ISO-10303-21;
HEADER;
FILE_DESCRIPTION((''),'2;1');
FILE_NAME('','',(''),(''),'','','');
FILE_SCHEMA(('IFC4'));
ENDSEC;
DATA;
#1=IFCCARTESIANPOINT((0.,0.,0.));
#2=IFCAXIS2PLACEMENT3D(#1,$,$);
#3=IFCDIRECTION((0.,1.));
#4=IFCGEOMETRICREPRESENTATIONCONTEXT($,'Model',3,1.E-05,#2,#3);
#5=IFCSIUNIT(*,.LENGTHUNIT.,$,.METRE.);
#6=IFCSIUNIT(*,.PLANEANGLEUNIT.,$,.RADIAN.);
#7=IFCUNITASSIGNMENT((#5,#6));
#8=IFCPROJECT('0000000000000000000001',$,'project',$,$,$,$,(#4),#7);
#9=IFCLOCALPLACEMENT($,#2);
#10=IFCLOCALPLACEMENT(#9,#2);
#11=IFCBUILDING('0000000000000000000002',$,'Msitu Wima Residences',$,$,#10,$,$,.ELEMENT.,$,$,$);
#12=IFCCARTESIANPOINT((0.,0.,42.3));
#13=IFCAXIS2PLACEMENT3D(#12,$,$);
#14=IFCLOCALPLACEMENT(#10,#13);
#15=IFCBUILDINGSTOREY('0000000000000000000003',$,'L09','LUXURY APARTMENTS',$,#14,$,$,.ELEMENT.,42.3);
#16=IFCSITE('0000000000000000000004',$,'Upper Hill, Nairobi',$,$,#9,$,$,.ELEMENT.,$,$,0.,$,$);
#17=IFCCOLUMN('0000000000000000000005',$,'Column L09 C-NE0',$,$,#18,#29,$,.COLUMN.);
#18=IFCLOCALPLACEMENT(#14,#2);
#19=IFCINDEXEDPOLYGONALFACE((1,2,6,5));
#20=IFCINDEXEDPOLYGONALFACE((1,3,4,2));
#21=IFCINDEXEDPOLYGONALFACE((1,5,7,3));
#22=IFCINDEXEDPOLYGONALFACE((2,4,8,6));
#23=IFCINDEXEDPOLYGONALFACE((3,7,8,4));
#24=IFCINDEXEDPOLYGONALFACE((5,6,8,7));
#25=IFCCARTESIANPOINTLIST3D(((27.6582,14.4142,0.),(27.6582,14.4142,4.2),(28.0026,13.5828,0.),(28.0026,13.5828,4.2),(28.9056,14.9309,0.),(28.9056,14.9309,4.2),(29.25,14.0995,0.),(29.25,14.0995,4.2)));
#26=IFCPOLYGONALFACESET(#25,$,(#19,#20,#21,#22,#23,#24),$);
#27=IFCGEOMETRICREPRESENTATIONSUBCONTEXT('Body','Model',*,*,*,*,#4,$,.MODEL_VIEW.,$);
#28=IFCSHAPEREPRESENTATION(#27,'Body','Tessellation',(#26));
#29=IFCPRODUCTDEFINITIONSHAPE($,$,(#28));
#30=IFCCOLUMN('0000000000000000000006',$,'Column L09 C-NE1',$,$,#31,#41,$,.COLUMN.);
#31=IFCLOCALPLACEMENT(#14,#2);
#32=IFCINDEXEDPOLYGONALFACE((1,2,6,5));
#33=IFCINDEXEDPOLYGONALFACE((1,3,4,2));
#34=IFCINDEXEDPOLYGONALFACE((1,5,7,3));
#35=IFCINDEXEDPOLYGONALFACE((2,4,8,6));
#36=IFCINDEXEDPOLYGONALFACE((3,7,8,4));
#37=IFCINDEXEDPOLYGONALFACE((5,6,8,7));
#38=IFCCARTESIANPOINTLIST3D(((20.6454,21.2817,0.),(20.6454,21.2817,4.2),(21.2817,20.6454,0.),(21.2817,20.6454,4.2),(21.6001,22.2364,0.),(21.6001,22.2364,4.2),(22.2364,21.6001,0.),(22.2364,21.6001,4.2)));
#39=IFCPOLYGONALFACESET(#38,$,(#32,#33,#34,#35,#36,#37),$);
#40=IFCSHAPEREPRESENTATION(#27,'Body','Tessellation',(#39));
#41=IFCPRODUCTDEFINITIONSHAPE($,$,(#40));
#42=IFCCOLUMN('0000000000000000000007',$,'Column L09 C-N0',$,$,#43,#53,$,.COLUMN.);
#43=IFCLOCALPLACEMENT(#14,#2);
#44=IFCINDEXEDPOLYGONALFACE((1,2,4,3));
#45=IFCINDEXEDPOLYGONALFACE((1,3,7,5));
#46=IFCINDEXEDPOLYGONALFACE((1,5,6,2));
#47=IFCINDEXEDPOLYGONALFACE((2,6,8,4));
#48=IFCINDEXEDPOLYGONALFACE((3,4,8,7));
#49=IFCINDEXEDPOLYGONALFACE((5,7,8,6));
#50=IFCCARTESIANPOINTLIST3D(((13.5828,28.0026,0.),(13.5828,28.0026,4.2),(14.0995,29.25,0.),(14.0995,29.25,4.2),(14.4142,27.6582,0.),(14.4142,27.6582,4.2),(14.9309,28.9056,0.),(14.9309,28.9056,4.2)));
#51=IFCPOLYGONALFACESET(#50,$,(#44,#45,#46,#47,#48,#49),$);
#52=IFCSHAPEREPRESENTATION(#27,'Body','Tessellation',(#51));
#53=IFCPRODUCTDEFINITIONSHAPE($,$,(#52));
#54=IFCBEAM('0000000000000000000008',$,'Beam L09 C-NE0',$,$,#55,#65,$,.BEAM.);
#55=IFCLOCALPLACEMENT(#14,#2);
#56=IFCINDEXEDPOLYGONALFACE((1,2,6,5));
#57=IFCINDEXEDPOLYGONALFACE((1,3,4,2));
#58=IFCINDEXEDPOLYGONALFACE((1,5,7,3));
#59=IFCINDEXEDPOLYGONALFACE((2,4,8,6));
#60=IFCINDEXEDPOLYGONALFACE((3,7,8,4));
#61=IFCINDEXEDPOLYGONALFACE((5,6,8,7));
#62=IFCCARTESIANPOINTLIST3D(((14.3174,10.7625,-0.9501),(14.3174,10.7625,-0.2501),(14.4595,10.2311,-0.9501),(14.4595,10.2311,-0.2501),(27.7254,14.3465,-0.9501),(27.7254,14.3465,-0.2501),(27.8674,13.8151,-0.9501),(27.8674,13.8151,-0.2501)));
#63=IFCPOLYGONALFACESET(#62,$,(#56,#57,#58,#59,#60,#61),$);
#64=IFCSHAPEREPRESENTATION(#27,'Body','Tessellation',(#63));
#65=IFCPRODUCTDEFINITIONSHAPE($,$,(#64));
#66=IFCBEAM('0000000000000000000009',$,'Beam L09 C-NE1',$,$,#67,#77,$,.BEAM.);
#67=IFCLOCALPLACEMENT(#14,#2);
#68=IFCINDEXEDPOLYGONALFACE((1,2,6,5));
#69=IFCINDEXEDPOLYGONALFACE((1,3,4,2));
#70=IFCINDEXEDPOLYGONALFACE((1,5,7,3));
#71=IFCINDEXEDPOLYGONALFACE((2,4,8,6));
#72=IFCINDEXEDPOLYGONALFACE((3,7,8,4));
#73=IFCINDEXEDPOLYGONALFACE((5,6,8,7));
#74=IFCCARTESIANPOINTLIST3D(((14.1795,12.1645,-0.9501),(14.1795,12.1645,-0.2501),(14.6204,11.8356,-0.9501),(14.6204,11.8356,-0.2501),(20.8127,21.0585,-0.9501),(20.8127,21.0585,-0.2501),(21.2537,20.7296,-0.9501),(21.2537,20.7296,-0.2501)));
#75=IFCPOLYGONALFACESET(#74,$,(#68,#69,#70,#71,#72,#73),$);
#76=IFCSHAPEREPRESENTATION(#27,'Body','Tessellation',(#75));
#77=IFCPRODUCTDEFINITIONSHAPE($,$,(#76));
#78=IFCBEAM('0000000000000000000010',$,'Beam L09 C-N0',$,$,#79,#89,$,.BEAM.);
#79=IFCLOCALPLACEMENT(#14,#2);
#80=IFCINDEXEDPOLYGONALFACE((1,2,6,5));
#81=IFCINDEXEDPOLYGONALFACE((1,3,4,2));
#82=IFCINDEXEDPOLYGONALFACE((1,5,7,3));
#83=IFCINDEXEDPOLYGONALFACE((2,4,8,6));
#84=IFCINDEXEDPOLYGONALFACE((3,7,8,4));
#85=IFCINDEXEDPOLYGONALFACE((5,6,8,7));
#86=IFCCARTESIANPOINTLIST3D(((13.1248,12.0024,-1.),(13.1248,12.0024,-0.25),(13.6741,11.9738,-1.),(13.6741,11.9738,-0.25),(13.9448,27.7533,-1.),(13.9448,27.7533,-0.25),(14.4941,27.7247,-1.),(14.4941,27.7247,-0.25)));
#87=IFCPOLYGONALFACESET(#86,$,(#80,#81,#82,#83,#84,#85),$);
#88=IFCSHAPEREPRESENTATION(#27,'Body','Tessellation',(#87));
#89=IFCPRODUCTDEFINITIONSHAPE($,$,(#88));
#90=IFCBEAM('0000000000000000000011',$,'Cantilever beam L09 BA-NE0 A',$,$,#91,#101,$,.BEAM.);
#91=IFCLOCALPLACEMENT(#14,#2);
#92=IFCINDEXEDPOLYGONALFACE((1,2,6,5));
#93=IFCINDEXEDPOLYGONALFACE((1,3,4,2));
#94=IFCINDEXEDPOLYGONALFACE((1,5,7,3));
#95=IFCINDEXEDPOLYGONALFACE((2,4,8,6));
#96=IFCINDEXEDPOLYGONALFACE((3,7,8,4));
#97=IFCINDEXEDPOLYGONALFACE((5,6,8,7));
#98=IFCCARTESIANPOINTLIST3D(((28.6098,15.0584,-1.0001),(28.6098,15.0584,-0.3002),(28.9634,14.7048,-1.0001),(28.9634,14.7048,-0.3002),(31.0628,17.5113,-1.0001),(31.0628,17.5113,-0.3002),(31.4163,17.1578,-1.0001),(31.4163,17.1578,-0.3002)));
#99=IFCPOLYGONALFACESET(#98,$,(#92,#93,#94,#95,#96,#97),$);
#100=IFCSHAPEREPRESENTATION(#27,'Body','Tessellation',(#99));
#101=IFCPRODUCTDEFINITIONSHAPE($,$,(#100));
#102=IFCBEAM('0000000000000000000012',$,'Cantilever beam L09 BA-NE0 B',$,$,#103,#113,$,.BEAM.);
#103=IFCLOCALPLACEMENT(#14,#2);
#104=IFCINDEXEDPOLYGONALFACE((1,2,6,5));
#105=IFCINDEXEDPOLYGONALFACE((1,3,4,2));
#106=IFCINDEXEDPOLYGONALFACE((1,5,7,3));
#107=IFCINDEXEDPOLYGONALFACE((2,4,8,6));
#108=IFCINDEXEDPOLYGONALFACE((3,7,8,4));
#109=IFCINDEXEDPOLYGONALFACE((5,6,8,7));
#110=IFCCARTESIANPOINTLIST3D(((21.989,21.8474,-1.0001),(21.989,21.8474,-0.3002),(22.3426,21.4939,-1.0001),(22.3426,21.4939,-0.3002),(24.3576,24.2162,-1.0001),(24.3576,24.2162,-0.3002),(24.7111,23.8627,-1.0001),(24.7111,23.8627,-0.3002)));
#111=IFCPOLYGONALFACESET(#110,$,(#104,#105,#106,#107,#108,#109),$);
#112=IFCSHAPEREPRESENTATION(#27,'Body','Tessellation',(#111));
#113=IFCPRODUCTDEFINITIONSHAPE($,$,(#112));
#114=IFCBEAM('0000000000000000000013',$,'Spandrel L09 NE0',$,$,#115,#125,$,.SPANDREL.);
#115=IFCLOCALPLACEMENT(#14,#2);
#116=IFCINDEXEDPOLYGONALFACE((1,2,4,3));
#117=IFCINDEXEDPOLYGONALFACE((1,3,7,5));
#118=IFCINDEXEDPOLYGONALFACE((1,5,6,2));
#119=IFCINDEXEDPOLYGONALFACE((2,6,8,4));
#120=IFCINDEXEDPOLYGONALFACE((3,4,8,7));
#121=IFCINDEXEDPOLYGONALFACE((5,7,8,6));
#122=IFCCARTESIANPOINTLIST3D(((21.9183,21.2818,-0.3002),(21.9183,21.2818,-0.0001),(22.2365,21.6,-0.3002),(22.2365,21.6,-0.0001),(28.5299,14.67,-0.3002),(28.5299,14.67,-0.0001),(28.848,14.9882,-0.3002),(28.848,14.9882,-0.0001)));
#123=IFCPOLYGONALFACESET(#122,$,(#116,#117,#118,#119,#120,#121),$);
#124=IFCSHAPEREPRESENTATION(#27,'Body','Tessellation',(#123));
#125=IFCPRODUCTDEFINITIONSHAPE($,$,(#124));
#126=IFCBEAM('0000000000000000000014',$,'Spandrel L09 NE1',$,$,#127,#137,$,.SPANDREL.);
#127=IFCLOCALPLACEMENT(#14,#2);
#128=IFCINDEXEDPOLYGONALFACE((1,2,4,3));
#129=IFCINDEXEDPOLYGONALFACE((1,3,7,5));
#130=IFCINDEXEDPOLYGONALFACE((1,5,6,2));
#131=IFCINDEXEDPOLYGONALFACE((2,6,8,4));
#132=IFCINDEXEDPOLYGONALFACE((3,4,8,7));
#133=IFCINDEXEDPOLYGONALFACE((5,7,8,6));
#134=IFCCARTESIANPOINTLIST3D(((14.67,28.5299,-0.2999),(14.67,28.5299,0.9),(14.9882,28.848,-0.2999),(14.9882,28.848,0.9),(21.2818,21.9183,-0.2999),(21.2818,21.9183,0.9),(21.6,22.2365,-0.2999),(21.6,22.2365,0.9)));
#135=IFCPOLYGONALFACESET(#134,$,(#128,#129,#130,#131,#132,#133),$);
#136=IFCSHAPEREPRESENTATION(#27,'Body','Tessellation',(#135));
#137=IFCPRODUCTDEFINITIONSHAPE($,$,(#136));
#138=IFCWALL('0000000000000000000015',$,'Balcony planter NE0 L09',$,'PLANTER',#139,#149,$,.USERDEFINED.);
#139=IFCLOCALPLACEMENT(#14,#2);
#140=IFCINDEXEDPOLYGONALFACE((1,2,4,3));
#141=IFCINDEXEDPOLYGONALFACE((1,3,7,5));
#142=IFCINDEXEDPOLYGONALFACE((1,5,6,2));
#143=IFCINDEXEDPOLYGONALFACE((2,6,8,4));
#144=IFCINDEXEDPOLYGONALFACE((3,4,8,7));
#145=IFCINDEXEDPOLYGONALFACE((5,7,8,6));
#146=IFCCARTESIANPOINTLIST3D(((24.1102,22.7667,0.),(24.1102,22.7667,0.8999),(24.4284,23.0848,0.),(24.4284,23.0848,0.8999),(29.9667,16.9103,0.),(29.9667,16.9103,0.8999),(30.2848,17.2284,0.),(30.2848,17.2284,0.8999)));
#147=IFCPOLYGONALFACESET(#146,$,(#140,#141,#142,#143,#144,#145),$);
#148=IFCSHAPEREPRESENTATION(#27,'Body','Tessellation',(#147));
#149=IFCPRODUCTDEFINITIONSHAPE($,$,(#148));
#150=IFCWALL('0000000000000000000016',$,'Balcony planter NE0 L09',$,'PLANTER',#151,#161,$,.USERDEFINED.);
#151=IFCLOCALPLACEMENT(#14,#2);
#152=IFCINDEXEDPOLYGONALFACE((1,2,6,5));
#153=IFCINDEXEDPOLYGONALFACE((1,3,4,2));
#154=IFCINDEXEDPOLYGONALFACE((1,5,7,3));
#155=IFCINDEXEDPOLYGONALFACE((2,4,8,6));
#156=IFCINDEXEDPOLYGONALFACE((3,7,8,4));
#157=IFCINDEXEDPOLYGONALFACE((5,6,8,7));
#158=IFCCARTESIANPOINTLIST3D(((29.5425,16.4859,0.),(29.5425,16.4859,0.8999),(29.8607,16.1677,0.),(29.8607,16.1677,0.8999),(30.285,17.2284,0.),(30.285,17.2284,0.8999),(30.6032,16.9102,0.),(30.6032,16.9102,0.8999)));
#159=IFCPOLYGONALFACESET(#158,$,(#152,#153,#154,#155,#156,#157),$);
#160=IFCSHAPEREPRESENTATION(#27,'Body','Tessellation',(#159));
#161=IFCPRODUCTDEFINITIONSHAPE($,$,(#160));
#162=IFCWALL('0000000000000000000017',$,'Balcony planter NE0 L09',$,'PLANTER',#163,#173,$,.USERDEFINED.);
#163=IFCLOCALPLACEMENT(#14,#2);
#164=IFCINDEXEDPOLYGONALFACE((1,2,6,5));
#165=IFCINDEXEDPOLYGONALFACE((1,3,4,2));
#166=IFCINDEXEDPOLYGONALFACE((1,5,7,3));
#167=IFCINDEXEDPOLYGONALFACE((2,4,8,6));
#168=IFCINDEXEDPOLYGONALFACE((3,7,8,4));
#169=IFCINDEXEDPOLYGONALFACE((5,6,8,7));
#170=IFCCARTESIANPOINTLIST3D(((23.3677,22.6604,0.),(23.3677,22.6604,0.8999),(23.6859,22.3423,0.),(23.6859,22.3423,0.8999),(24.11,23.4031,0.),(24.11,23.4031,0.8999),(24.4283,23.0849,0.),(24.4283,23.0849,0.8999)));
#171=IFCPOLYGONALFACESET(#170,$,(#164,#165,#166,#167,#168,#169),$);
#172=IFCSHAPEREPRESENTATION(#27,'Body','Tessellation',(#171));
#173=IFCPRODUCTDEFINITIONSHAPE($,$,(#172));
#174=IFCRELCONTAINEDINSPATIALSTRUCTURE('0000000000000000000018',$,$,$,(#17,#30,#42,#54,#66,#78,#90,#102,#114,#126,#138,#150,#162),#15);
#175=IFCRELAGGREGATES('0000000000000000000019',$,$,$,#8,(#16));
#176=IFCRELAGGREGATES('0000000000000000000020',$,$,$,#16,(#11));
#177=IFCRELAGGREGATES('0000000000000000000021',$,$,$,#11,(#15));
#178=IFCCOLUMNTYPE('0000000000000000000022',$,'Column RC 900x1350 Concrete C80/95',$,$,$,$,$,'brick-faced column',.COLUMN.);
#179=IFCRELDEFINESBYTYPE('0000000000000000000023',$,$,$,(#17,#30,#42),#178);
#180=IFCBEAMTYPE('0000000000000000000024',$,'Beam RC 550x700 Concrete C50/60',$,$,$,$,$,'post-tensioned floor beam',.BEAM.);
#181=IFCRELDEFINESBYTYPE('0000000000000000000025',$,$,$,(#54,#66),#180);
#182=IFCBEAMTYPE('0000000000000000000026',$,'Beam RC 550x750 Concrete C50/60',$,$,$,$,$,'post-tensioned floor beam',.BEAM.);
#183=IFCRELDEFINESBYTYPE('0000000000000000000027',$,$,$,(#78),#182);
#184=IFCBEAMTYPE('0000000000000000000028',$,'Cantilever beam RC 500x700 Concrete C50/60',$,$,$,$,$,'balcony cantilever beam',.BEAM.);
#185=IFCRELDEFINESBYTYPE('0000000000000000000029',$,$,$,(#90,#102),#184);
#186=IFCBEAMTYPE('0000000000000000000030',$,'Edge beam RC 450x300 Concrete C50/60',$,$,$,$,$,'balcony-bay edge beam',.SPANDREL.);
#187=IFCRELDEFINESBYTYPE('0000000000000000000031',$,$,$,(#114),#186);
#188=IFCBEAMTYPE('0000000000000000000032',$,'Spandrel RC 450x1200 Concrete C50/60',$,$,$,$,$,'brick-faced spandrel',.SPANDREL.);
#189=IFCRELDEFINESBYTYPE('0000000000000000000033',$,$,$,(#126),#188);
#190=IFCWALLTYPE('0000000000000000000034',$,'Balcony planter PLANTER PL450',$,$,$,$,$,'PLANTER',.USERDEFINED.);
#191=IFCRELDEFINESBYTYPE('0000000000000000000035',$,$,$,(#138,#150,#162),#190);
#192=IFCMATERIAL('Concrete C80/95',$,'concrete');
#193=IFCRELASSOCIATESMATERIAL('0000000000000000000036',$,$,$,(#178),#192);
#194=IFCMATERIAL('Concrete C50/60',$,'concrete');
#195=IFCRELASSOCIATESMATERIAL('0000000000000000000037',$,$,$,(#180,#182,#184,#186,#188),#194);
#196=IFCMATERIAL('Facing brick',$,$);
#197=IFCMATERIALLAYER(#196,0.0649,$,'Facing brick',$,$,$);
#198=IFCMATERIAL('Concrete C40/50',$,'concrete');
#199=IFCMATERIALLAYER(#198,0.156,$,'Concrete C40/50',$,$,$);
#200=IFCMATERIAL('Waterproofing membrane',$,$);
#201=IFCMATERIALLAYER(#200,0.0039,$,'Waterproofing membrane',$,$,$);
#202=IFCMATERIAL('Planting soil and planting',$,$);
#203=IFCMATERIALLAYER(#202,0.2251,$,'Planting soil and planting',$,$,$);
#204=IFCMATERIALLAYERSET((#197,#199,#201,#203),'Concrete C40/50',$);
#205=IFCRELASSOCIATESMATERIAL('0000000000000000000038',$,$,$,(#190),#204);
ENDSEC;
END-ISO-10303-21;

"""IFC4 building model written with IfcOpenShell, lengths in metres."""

from ifc_helpers import new_model, si_unit, direction, frame, frame_2d, origin, origin_2d, place, context, subcontext, project, spatial, rectangle, extrude, material, layer, layer_set, material_profile, profile_set, type_object, element, save


model = new_model("IFC4")

# Units and contexts
model_context = context("Model", 3, precision=1e-05, world=origin(), true_north=direction((0.0, 1.0)))
body_context = subcontext(model_context, "Body", "Model", "MODEL_VIEW")
ifc_project = project(units=[si_unit("LENGTHUNIT", "METRE"), si_unit("PLANEANGLEUNIT", "RADIAN")], contexts=[model_context])

# Site, building, storey
site_placement = place(None, origin())
site = spatial("IfcSite", under=ifc_project, at=site_placement, Name="Upper Hill, Nairobi", CompositionType="ELEMENT", RefElevation=0.0)
building_placement = place(site_placement, origin())
building = spatial("IfcBuilding", under=site, at=building_placement, Name="Msitu Wima Residences", CompositionType="ELEMENT")
storey_placement = place(building_placement, frame((0.0, 0.0, 42.3)))
storey = spatial("IfcBuildingStorey", under=building, at=storey_placement, Name="L09", Description="LUXURY APARTMENTS", CompositionType="ELEMENT", Elevation=42.3)

# Columns
ifc_material_1 = material(Name="Concrete C80/95", Category="concrete")
ifc_material_profile_1 = material_profile(ifc_material_1, rectangle(XDim=0.8999, YDim=1.3501, at=origin_2d()), Name="RC 900x1350")
ifc_profile_set_1 = profile_set([ifc_material_profile_1], Name="Concrete C80/95")
column_type = type_object("IfcColumnType", Name="Column RC 900x1350 Concrete C80/95", ElementType="brick-faced column", PredefinedType="COLUMN", material=ifc_profile_set_1)
for number, where, z_axis, x_axis, name in (
    (1, (28.4541, 14.2568, 0.0), (0.0, 0.0, 1.0), (-0.382683, 0.92388, 0.0), "Column L09 C-NE0"),
    (2, (21.4409, 21.4409, 0.0), (0.0, 0.0, 1.0), (-0.707107, 0.707107, 0.0), "Column L09 C-NE1"),
    (3, (14.2568, 28.4541, 0.0), (0.0, 0.0, 1.0), (-0.92388, 0.382683, 0.0), "Column L09 C-N0"),
):
    element("IfcColumn", number, at=place(storey_placement, frame(where, z_axis=z_axis, x_axis=x_axis)), inside=storey, type_object=column_type, Name=name, PredefinedType="COLUMN", context=body_context, shape_type="SweptSolid", body=[
        extrude(rectangle(XDim=0.8999, YDim=1.3501, at=origin_2d()), origin(), (0.0, 0.0, 1.0), 4.2),
    ])

# Beams
ifc_material_2 = material(Name="Concrete C50/60", Category="concrete")
ifc_material_profile_2 = material_profile(ifc_material_2, rectangle(XDim=0.55, YDim=0.7, at=origin_2d()), Name="RC 550x700")
ifc_profile_set_2 = profile_set([ifc_material_profile_2], Name="Concrete C50/60")
beam_type_1 = type_object("IfcBeamType", Name="Beam RC 550x700 Concrete C50/60", ElementType="post-tensioned floor beam", PredefinedType="BEAM", material=ifc_profile_set_2)
beam_1_placement = place(storey_placement, frame((27.7964, 14.0808, -0.6001), z_axis=(-0.966082, -0.258236, 0.0), x_axis=(0.258236, -0.966082, 0.0)))
element("IfcBeam", 4, at=beam_1_placement, inside=storey, type_object=beam_type_1, Name="Beam L09 C-NE0", PredefinedType="BEAM", context=body_context, shape_type="SweptSolid", body=[
    extrude(rectangle(XDim=0.55, YDim=0.7, at=origin_2d()), origin(), (0.0, 0.0, 1.0), 13.8787),
])
beam_2_placement = place(storey_placement, frame((21.0332, 20.894, -0.6001), z_axis=(-0.59785, -0.801608, 0.0), x_axis=(0.801608, -0.59785, 0.0)))
element("IfcBeam", 5, at=beam_2_placement, inside=storey, type_object=beam_type_1, Name="Beam L09 C-NE1", PredefinedType="BEAM", context=body_context, shape_type="SweptSolid", body=[
    extrude(rectangle(XDim=0.55, YDim=0.7, at=origin_2d()), origin(), (0.0, 0.0, 1.0), 11.0952),
])
ifc_material_profile_3 = material_profile(ifc_material_2, rectangle(XDim=0.55, YDim=0.75, at=origin_2d()), Name="RC 550x750")
ifc_profile_set_3 = profile_set([ifc_material_profile_3], Name="Concrete C50/60")
beam_type_2 = type_object("IfcBeamType", Name="Beam RC 550x750 Concrete C50/60", ElementType="post-tensioned floor beam", PredefinedType="BEAM", material=ifc_profile_set_3)
beam_3_placement = place(storey_placement, frame((14.2195, 27.739, -0.625), z_axis=(-0.051994, -0.998647, 0.0), x_axis=(0.998647, -0.051994, 0.0)))
element("IfcBeam", 6, at=beam_3_placement, inside=storey, type_object=beam_type_2, Name="Beam L09 C-N0", PredefinedType="BEAM", context=body_context, shape_type="SweptSolid", body=[
    extrude(rectangle(XDim=0.55, YDim=0.75, at=origin_2d()), origin(), (0.0, 0.0, 1.0), 15.7722),
])
ifc_material_profile_4 = material_profile(ifc_material_2, rectangle(XDim=0.5, YDim=0.7, at=origin_2d()), Name="RC 500x700")
ifc_profile_set_4 = profile_set([ifc_material_profile_4], Name="Concrete C50/60")
beam_type_3 = type_object("IfcBeamType", Name="Cantilever beam RC 500x700 Concrete C50/60", ElementType="balcony cantilever beam", PredefinedType="BEAM", material=ifc_profile_set_4)
beam_4_placement = place(storey_placement, frame((28.7866, 14.8816, -0.6501), z_axis=(0.707107, 0.707107, 0.0), x_axis=(-0.707107, 0.707107, 0.0)))
element("IfcBeam", 7, at=beam_4_placement, inside=storey, type_object=beam_type_3, Name="Cantilever beam L09 BA-NE0 A", PredefinedType="BEAM", context=body_context, shape_type="SweptSolid", body=[
    extrude(rectangle(XDim=0.5, YDim=0.7, at=origin_2d()), origin(), (0.0, 0.0, 1.0), 3.469),
])
beam_5_placement = place(storey_placement, frame((22.1658, 21.6707, -0.6501), z_axis=(0.70707, 0.707143, 0.0), x_axis=(-0.707143, 0.70707, 0.0)))
element("IfcBeam", 8, at=beam_5_placement, inside=storey, type_object=beam_type_3, Name="Cantilever beam L09 BA-NE0 B", PredefinedType="BEAM", context=body_context, shape_type="SweptSolid", body=[
    extrude(rectangle(XDim=0.5, YDim=0.7, at=origin_2d()), origin(), (0.0, 0.0, 1.0), 3.3499),
])
ifc_material_profile_5 = material_profile(ifc_material_2, rectangle(XDim=0.45, YDim=0.3, at=origin_2d()), Name="RC 450x300")
ifc_profile_set_5 = profile_set([ifc_material_profile_5], Name="Concrete C50/60")
beam_type_4 = type_object("IfcBeamType", Name="Edge beam RC 450x300 Concrete C50/60", ElementType="balcony-bay edge beam", PredefinedType="SPANDREL", material=ifc_profile_set_5)
beam_6_placement = place(storey_placement, frame((28.689, 14.8291, -0.1501), z_axis=(-0.707094, 0.70712, 0.0), x_axis=(-0.70712, -0.707094, 0.0)))
element("IfcBeam", 9, at=beam_6_placement, inside=storey, type_object=beam_type_4, Name="Spandrel L09 NE0", PredefinedType="SPANDREL", context=body_context, shape_type="SweptSolid", body=[
    extrude(rectangle(XDim=0.45, YDim=0.3, at=origin_2d()), origin(), (0.0, 0.0, 1.0), 9.3503),
])
ifc_material_profile_6 = material_profile(ifc_material_2, rectangle(XDim=0.45, YDim=1.2, at=origin_2d()), Name="RC 450x1200")
ifc_profile_set_6 = profile_set([ifc_material_profile_6], Name="Concrete C50/60")
beam_type_5 = type_object("IfcBeamType", Name="Spandrel RC 450x1200 Concrete C50/60", ElementType="brick-faced spandrel", PredefinedType="SPANDREL", material=ifc_profile_set_6)
beam_7_placement = place(storey_placement, frame((21.4409, 22.0774, 0.3), z_axis=(-0.70712, 0.707094, 0.0), x_axis=(-0.707094, -0.70712, 0.0)))
element("IfcBeam", 10, at=beam_7_placement, inside=storey, type_object=beam_type_5, Name="Spandrel L09 NE1", PredefinedType="SPANDREL", context=body_context, shape_type="SweptSolid", body=[
    extrude(rectangle(XDim=0.45, YDim=1.2, at=origin_2d()), origin(), (0.0, 0.0, 1.0), 9.3503),
])

# Walls
ifc_material_3 = material(Name="Facing brick")
ifc_layer_1 = layer(ifc_material_3, 0.0649, Name="Facing brick")
ifc_material_4 = material(Name="Concrete C40/50", Category="concrete")
ifc_layer_2 = layer(ifc_material_4, 0.156, Name="Concrete C40/50")
ifc_material_5 = material(Name="Waterproofing membrane")
ifc_layer_3 = layer(ifc_material_5, 0.0039, Name="Waterproofing membrane")
ifc_material_6 = material(Name="Planting soil and planting")
ifc_layer_4 = layer(ifc_material_6, 0.2251, Name="Planting soil and planting")
ifc_layer_set_1 = layer_set([ifc_layer_1, ifc_layer_2, ifc_layer_3, ifc_layer_4], Name="Concrete C40/50")
wall_type_1 = type_object("IfcWallType", Name="Balcony planter PLANTER PL450", ElementType="PLANTER", PredefinedType="USERDEFINED", material=ifc_layer_set_1)
wall_1_placement = place(storey_placement, frame((30.1257, 17.0693, 0.0), z_axis=(0.0, 0.0, 1.0), x_axis=(-0.707107, 0.707107, 0.0)))
element("IfcWall", 11, at=wall_1_placement, inside=storey, type_object=wall_type_1, Name="Balcony planter NE0 L09", ObjectType="PLANTER", PredefinedType="USERDEFINED", context=body_context, shape_type="SweptSolid", body=[
    extrude(rectangle(XDim=8.2822, YDim=0.45, at=frame_2d((4.1411, 0.0))), origin(), (0.0, 0.0, 1.0), 0.8999),
])
for number, where, z_axis, x_axis, name in (
    (12, (29.7017, 16.3269, 0.0), (0.0, 0.0, 1.0), (0.707107, 0.707107, 0.0), "Balcony planter NE0 L09"),
    (13, (23.5269, 22.5015, 0.0), (0.0, 0.0, 1.0), (0.706991, 0.707223, 0.0), "Balcony planter NE0 L09"),
):
    element("IfcWall", number, at=place(storey_placement, frame(where, z_axis=z_axis, x_axis=x_axis)), inside=storey, type_object=wall_type_1, Name=name, ObjectType="PLANTER", PredefinedType="USERDEFINED", context=body_context, shape_type="SweptSolid", body=[
        extrude(rectangle(XDim=1.05, YDim=0.45, at=frame_2d((0.5249, 0.0))), origin(), (0.0, 0.0, 1.0), 0.8999),
    ])

save(model, "model.ifc")
